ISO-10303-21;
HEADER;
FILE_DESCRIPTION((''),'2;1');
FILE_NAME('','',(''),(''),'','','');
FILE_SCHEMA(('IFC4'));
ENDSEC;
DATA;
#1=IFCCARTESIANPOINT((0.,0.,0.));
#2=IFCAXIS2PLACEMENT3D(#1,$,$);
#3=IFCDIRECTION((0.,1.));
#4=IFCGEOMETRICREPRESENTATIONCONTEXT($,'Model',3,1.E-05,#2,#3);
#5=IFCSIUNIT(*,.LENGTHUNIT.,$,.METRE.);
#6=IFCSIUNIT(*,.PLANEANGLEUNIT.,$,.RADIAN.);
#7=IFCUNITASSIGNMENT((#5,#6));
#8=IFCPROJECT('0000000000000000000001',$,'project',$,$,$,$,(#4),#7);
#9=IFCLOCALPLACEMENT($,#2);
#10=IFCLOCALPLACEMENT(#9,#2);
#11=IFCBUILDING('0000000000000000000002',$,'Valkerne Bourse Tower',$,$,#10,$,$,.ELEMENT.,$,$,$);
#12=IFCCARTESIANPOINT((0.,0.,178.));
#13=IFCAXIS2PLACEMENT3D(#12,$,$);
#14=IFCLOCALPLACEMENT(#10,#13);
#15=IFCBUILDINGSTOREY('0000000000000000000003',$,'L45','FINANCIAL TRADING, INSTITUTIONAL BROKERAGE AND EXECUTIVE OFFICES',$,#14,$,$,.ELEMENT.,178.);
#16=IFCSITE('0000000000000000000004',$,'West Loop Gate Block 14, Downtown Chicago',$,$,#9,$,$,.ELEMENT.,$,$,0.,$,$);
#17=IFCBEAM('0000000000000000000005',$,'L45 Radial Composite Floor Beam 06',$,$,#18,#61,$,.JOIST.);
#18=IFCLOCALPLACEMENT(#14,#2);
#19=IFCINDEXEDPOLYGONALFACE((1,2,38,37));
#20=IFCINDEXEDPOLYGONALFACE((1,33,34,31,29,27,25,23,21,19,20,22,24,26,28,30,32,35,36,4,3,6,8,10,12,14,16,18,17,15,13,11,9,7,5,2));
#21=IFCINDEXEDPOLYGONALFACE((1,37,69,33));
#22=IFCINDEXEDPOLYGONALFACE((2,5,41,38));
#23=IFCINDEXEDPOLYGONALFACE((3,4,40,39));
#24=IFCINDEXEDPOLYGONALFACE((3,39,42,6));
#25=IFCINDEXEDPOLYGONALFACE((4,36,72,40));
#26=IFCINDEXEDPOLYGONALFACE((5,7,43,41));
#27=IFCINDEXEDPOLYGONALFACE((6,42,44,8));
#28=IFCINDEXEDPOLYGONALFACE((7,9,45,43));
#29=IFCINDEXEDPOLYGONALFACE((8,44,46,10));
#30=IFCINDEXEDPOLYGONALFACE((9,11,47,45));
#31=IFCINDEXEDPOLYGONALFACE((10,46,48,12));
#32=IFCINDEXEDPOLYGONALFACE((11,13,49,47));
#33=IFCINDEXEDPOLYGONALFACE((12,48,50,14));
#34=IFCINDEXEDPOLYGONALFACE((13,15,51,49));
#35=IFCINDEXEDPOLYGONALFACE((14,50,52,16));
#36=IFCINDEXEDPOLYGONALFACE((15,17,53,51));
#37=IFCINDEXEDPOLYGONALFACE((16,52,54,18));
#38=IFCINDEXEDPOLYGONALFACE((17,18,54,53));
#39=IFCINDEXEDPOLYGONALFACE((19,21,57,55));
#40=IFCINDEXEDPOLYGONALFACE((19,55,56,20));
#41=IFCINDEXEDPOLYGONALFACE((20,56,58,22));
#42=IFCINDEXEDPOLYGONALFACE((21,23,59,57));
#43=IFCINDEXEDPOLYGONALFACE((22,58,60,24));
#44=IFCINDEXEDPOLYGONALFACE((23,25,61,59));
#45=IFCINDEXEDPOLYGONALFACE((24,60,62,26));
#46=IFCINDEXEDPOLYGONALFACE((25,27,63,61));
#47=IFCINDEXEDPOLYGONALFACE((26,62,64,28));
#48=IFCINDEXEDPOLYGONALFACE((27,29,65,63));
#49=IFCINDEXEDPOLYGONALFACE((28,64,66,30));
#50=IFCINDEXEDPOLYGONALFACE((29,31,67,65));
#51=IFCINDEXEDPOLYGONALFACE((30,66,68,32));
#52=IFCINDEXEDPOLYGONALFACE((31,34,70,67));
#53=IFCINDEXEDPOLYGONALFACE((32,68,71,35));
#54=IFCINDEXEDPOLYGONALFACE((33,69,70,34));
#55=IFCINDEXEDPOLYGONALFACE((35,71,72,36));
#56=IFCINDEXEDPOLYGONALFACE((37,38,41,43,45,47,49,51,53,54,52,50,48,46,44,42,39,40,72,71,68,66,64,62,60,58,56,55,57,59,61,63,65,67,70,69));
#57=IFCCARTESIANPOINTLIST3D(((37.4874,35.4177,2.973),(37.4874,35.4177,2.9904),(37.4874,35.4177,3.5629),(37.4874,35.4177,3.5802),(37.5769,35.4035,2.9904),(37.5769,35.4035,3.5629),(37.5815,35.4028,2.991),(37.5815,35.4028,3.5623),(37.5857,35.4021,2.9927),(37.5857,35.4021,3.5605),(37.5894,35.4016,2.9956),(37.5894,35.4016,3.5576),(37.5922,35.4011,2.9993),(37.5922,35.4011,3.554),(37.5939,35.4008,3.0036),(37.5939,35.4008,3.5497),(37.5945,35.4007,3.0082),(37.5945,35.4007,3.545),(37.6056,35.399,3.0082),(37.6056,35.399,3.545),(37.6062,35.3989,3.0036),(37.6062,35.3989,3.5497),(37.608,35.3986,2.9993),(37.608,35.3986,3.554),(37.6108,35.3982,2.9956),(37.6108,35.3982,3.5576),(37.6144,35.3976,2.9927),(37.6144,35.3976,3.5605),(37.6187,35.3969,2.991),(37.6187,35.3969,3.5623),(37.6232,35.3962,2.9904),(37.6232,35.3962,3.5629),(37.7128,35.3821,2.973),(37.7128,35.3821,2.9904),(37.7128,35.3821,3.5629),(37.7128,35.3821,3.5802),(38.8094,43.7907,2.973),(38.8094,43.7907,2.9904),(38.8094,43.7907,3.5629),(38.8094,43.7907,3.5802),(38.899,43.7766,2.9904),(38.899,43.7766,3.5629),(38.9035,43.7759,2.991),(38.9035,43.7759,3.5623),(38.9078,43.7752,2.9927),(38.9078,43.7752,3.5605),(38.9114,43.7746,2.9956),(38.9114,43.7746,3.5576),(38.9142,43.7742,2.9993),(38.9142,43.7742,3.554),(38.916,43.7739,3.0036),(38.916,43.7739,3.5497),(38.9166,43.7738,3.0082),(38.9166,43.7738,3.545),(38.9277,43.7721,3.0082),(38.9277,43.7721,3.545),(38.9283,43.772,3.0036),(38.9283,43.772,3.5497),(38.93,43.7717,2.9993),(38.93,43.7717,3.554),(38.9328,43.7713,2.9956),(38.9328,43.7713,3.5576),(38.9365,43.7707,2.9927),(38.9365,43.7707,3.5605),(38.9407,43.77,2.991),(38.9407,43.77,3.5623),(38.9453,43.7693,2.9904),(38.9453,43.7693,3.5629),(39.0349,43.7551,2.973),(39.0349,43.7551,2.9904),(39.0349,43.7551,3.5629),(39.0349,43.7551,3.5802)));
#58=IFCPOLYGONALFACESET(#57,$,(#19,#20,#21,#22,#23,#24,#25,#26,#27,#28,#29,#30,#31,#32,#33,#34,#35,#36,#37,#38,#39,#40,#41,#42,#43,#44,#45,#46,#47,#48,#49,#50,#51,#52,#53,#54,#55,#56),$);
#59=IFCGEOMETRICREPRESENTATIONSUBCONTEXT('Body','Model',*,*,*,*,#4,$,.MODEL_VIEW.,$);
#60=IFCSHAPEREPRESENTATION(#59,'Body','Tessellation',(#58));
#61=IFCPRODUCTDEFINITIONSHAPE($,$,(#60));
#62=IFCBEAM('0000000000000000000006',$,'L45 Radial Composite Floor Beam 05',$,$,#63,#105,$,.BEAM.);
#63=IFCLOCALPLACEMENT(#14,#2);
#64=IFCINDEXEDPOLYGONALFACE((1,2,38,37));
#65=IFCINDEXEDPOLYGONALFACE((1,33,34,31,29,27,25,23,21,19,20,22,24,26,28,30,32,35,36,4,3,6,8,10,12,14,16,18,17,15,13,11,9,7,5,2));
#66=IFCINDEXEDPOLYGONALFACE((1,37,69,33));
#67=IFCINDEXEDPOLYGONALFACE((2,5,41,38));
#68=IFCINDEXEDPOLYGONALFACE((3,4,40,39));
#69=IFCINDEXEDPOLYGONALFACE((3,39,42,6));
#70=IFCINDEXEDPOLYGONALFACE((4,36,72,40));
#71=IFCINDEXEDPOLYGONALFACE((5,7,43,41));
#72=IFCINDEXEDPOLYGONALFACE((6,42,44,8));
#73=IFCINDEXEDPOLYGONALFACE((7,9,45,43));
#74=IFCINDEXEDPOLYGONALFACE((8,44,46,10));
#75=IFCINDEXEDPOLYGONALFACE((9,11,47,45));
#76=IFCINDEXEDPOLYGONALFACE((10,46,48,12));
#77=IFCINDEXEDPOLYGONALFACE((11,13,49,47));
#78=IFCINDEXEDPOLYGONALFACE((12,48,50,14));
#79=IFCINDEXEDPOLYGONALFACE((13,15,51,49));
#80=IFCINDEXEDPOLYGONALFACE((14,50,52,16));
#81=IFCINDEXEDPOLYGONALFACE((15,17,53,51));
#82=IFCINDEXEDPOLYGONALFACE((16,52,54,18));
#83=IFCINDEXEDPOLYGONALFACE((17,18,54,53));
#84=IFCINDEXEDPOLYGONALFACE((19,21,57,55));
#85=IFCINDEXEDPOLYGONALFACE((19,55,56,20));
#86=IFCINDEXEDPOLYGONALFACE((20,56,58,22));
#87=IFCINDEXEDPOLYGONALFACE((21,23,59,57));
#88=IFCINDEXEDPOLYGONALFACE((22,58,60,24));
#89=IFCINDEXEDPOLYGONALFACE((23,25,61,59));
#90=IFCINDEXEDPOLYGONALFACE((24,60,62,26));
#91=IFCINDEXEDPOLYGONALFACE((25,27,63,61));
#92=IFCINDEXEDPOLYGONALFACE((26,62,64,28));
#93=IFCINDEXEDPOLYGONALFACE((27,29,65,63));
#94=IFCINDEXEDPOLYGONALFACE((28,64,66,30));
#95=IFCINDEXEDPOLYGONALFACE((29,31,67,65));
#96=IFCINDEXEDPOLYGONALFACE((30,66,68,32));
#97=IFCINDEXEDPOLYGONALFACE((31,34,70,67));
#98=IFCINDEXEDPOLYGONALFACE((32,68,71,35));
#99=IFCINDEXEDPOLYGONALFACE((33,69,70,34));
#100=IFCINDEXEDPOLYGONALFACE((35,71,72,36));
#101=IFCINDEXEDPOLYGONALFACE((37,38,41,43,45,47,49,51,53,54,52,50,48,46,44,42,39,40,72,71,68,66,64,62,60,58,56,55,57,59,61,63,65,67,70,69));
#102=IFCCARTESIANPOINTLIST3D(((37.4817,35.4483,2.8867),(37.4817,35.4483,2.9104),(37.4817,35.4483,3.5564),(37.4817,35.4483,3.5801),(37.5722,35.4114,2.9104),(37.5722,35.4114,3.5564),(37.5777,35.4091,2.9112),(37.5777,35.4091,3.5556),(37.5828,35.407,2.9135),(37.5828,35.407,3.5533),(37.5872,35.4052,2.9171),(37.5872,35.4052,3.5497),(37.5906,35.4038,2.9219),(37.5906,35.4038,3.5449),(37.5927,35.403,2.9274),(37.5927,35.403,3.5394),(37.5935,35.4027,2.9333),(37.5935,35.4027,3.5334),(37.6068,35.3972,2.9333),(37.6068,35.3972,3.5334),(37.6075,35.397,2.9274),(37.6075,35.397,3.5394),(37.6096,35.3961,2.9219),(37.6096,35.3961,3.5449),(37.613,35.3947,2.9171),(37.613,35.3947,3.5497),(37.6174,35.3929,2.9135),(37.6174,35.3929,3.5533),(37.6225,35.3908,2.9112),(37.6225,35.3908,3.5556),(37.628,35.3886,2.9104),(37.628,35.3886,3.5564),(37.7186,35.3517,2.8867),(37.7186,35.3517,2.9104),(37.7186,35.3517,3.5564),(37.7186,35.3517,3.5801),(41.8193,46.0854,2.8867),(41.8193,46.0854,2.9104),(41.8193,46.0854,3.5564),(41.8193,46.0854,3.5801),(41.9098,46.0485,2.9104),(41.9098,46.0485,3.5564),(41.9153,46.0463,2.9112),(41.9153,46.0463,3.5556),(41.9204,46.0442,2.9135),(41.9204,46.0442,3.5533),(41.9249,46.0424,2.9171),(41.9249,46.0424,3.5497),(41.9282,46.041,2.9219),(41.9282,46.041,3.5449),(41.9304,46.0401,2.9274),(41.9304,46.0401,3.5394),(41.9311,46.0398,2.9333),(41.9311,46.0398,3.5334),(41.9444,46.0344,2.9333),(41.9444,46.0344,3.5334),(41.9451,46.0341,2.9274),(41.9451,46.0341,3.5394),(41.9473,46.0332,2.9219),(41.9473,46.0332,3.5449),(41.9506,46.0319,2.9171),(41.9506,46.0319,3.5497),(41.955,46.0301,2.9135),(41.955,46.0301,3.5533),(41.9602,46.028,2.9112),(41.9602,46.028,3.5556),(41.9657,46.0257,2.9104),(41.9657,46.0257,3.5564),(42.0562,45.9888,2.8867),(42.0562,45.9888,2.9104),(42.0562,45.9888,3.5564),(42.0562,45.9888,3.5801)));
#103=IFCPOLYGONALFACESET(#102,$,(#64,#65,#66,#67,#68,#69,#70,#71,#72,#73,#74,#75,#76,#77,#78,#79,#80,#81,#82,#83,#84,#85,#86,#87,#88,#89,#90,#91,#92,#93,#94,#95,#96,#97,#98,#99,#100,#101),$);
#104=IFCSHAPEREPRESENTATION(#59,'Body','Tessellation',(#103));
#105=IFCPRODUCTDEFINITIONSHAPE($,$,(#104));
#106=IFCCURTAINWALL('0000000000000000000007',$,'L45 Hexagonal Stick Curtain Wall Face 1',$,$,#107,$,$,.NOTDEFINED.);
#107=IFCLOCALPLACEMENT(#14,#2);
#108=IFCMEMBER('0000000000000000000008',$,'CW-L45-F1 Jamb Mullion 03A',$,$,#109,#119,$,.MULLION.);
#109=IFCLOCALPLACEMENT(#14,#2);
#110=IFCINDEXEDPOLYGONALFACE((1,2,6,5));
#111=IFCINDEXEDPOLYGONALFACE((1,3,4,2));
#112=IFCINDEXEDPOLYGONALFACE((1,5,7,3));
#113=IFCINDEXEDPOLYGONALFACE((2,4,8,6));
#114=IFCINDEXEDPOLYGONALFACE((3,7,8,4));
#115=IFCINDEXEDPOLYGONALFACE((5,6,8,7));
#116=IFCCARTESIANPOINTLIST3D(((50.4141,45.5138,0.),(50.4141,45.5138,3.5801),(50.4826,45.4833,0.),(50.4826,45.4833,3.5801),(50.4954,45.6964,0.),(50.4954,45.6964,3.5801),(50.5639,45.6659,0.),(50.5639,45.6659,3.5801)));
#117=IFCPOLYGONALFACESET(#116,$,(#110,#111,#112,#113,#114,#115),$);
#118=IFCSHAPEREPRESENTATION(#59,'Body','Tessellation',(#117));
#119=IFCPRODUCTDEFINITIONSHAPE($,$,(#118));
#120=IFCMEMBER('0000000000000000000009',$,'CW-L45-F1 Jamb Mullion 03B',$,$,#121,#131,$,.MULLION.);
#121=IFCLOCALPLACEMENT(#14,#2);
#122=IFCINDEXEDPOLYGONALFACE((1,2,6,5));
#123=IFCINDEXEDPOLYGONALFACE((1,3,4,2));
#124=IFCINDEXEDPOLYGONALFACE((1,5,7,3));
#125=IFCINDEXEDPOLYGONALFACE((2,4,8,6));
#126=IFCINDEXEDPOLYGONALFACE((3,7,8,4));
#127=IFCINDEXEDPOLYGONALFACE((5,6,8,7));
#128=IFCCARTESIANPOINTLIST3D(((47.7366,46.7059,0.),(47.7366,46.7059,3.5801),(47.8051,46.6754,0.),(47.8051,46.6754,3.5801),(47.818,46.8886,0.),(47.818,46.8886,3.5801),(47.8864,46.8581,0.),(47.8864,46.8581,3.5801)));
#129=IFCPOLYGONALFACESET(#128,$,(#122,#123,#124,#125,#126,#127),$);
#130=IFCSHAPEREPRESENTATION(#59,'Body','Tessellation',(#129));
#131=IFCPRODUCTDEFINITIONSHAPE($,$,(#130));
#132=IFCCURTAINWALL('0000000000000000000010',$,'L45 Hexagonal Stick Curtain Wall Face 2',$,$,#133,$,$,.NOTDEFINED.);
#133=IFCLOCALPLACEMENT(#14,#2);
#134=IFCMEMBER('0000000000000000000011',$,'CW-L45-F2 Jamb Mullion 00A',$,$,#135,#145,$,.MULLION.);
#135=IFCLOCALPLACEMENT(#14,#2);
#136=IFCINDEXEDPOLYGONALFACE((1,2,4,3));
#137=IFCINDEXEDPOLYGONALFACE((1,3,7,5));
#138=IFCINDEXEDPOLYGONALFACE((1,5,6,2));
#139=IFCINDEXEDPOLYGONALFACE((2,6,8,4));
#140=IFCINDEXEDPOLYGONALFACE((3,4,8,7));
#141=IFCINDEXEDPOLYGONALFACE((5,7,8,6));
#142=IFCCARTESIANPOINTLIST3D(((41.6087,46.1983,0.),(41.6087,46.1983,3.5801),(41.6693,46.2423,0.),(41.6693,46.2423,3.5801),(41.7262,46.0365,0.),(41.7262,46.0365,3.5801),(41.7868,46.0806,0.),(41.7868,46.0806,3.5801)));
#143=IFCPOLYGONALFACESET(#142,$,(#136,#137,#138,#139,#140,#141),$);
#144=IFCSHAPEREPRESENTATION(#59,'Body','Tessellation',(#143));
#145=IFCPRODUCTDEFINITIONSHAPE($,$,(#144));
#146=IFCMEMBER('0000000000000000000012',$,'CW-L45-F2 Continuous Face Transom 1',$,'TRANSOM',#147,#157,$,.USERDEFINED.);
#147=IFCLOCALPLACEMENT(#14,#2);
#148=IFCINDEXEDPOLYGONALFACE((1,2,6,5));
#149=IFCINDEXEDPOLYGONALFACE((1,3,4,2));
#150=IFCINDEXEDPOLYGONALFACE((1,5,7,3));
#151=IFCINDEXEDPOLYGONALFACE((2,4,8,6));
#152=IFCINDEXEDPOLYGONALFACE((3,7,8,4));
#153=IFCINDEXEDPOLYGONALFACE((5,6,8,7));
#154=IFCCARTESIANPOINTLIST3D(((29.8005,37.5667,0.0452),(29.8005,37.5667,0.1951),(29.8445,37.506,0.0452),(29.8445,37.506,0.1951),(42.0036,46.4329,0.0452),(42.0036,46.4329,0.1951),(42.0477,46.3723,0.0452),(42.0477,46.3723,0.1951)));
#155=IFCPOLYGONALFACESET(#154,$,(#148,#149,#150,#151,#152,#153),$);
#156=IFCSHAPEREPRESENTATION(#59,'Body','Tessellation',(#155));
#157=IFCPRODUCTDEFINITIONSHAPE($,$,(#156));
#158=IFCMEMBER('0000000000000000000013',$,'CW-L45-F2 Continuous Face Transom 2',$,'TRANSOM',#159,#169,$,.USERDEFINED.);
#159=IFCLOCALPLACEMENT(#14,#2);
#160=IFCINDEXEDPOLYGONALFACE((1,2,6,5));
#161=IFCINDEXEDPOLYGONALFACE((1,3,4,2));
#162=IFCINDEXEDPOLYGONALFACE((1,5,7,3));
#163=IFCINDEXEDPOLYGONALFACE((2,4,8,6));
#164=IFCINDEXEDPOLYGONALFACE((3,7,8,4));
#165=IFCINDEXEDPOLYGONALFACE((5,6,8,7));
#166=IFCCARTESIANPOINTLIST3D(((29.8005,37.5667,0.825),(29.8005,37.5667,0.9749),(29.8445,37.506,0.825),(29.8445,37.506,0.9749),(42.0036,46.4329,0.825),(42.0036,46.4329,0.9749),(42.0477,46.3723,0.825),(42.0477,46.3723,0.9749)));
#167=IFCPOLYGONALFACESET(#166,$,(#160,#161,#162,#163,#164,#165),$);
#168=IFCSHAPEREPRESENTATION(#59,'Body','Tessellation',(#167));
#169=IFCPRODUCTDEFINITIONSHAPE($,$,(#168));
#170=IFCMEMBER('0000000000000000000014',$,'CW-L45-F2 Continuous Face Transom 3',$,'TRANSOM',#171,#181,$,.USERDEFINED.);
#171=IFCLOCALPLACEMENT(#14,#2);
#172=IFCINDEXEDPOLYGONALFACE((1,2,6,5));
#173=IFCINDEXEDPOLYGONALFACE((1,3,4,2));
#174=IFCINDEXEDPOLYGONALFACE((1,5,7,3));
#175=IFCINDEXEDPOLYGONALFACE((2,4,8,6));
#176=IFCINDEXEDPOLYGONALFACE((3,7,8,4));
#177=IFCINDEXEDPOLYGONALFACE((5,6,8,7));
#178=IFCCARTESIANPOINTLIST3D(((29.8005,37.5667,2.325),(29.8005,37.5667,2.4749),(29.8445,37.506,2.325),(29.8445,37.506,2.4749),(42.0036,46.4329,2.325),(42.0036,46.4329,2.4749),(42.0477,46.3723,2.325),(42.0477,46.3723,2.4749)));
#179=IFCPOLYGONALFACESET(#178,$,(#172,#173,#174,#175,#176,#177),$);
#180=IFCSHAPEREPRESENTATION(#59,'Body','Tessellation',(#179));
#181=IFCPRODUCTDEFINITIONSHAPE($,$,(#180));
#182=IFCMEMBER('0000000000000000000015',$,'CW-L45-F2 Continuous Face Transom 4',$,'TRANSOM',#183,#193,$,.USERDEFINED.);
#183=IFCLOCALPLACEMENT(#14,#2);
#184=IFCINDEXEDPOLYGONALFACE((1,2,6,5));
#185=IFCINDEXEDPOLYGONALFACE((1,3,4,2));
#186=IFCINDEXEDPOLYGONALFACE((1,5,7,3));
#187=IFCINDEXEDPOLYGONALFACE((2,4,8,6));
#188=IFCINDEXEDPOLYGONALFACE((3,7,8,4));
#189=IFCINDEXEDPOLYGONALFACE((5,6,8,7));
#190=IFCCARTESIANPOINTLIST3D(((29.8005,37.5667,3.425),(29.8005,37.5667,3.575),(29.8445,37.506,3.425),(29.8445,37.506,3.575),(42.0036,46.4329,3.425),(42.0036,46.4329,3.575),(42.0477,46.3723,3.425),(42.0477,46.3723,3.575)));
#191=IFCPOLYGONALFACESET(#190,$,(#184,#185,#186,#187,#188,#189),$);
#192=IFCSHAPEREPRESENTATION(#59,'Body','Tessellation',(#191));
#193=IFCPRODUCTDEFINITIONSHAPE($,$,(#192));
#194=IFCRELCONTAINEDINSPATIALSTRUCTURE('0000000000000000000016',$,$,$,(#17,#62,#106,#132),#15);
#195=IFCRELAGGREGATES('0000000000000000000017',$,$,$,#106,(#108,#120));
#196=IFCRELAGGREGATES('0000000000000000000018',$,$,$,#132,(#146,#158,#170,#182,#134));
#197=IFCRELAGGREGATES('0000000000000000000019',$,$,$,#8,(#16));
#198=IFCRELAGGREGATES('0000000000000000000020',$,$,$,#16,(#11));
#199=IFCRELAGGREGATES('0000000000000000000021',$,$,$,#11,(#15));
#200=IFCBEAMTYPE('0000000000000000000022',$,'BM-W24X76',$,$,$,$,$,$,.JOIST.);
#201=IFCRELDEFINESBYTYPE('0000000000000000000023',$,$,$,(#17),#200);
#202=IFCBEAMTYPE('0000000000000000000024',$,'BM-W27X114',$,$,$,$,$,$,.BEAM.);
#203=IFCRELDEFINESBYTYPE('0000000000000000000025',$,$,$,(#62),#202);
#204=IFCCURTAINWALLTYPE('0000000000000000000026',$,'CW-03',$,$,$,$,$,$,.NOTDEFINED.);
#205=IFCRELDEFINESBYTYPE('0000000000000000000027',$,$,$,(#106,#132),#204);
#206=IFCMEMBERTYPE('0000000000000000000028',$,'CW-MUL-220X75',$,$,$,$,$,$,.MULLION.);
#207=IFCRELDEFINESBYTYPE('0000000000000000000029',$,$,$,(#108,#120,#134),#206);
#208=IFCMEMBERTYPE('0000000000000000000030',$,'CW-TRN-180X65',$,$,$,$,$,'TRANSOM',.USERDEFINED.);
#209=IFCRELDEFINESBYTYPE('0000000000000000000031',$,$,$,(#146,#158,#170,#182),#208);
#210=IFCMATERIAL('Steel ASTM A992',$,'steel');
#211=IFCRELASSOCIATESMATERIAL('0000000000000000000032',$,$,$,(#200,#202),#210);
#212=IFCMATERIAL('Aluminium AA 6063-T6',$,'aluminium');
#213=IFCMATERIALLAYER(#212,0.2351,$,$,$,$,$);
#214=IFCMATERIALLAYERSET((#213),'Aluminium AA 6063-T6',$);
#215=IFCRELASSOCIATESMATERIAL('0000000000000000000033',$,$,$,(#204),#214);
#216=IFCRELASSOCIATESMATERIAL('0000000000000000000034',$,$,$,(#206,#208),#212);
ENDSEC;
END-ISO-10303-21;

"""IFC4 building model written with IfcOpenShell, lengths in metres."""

from ifc_helpers import new_model, si_unit, direction, frame, origin, origin_2d, place, context, subcontext, project, spatial, rectangle, i_section, extrude, material, layer, layer_set, material_profile, profile_set, type_object, element, aggregate, save


model = new_model("IFC4")

# Units and contexts
model_context = context("Model", 3, precision=1e-05, world=origin(), true_north=direction((0.0, 1.0)))
body_context = subcontext(model_context, "Body", "Model", "MODEL_VIEW")
ifc_project = project(units=[si_unit("LENGTHUNIT", "METRE"), si_unit("PLANEANGLEUNIT", "RADIAN")], contexts=[model_context])

# Site, building, storey
site_placement = place(None, origin())
site = spatial("IfcSite", under=ifc_project, at=site_placement, Name="West Loop Gate Block 14, Downtown Chicago", CompositionType="ELEMENT", RefElevation=0.0)
building_placement = place(site_placement, origin())
building = spatial("IfcBuilding", under=site, at=building_placement, Name="Valkerne Bourse Tower", CompositionType="ELEMENT")
storey_placement = place(building_placement, frame((0.0, 0.0, 178.0)))
storey = spatial("IfcBuildingStorey", under=building, at=storey_placement, Name="L45", Description="FINANCIAL TRADING, INSTITUTIONAL BROKERAGE AND EXECUTIVE OFFICES", CompositionType="ELEMENT", Elevation=178.0)

# Beams
ifc_material_1 = material(Name="Steel ASTM A992", Category="steel")
ifc_material_profile_1 = material_profile(ifc_material_1, i_section(OverallWidth=0.2283, OverallDepth=0.6072, WebThickness=0.0112, FlangeThickness=0.0173, FilletRadius=0.0178, at=origin_2d()), Name="W24X76")
ifc_profile_set_1 = profile_set([ifc_material_profile_1], Name="Steel ASTM A992")
beam_type_1 = type_object("IfcBeamType", Name="BM-W24X76", PredefinedType="JOIST", material=ifc_profile_set_1)
beam_1_placement = place(storey_placement, frame((38.9221, 43.7729, 3.2766), z_axis=(-0.155958, -0.987764, 0.0), x_axis=(0.987764, -0.155958, 0.0)))
element("IfcBeam", 1, at=beam_1_placement, inside=storey, type_object=beam_type_1, Name="L45 Radial Composite Floor Beam 06", PredefinedType="JOIST", context=body_context, shape_type="SweptSolid", body=[
    extrude(i_section(OverallWidth=0.2283, OverallDepth=0.6072, WebThickness=0.0112, FlangeThickness=0.0173, FilletRadius=0.0178, at=origin_2d()), origin(), (0.0, 0.0, 1.0), 8.4768),
])
ifc_material_profile_2 = material_profile(ifc_material_1, i_section(OverallWidth=0.2559, OverallDepth=0.6934, WebThickness=0.0144, FlangeThickness=0.0237, FilletRadius=0.0229, at=origin_2d()), Name="W27X114")
ifc_profile_set_2 = profile_set([ifc_material_profile_2], Name="Steel ASTM A992")
beam_type_2 = type_object("IfcBeamType", Name="BM-W27X114", PredefinedType="BEAM", material=ifc_profile_set_2)
beam_2_placement = place(storey_placement, frame((41.9377, 46.0371, 3.2334), z_axis=(-0.377593, -0.925972, 0.0), x_axis=(0.925972, -0.377593, 0.0)))
element("IfcBeam", 2, at=beam_2_placement, inside=storey, type_object=beam_type_2, Name="L45 Radial Composite Floor Beam 05", PredefinedType="BEAM", context=body_context, shape_type="SweptSolid", body=[
    extrude(i_section(OverallWidth=0.2559, OverallDepth=0.6934, WebThickness=0.0144, FlangeThickness=0.0237, FilletRadius=0.0229, at=origin_2d()), origin(), (0.0, 0.0, 1.0), 11.4875),
])

# Curtain walls, members
ifc_material_2 = material(Name="Aluminium AA 6063-T6", Category="aluminium")
ifc_layer_1 = layer(ifc_material_2, 0.2351)
ifc_layer_set_1 = layer_set([ifc_layer_1], Name="Aluminium AA 6063-T6")
curtain_wall_type = type_object("IfcCurtainWallType", Name="CW-03", PredefinedType="NOTDEFINED", material=ifc_layer_set_1)
curtain_wall_1_placement = place(storey_placement, origin())
curtain_wall_1 = element("IfcCurtainWall", 3, at=curtain_wall_1_placement, inside=storey, type_object=curtain_wall_type, Name="L45 Hexagonal Stick Curtain Wall Face 1", PredefinedType="NOTDEFINED")
ifc_material_profile_3 = material_profile(ifc_material_2, rectangle(XDim=0.075, YDim=0.2, at=origin_2d()), Name="CWM-75X200")
ifc_profile_set_3 = profile_set([ifc_material_profile_3], Name="Aluminium AA 6063-T6")
member_type_1 = type_object("IfcMemberType", Name="CW-MUL-220X75", PredefinedType="MULLION", material=ifc_profile_set_3)
member_1_placement = place(storey_placement, frame((50.489, 45.5898, 0.0), z_axis=(0.0, 0.0, 1.0), x_axis=(-0.913542, 0.406744, 0.0)))
member_1 = element("IfcMember", 4, at=member_1_placement, type_object=member_type_1, Name="CW-L45-F1 Jamb Mullion 03A", PredefinedType="MULLION", context=body_context, shape_type="SweptSolid", body=[
    extrude(rectangle(XDim=0.075, YDim=0.2, at=origin_2d()), origin(), (0.0, 0.0, 1.0), 3.5801),
])
member_2_placement = place(storey_placement, frame((47.8115, 46.782, 0.0), z_axis=(0.0, 0.0, 1.0), x_axis=(-0.913542, 0.406744, 0.0)))
member_2 = element("IfcMember", 5, at=member_2_placement, type_object=member_type_1, Name="CW-L45-F1 Jamb Mullion 03B", PredefinedType="MULLION", context=body_context, shape_type="SweptSolid", body=[
    extrude(rectangle(XDim=0.075, YDim=0.2, at=origin_2d()), origin(), (0.0, 0.0, 1.0), 3.5801),
])
curtain_wall_2_placement = place(storey_placement, origin())
curtain_wall_2 = element("IfcCurtainWall", 6, at=curtain_wall_2_placement, inside=storey, type_object=curtain_wall_type, Name="L45 Hexagonal Stick Curtain Wall Face 2", PredefinedType="NOTDEFINED")
member_3_placement = place(storey_placement, frame((41.6978, 46.1394, 0.0), z_axis=(0.0, 0.0, 1.0), x_axis=(-0.809009, -0.587796, 0.0)))
member_3 = element("IfcMember", 7, at=member_3_placement, type_object=member_type_1, Name="CW-L45-F2 Jamb Mullion 00A", PredefinedType="MULLION", context=body_context, shape_type="SweptSolid", body=[
    extrude(rectangle(XDim=0.075, YDim=0.2, at=origin_2d()), origin(), (0.0, 0.0, 1.0), 3.5801),
])
ifc_material_profile_4 = material_profile(ifc_material_2, rectangle(XDim=0.075, YDim=0.1499, at=origin_2d()), Name="CWT-75X150")
ifc_profile_set_4 = profile_set([ifc_material_profile_4], Name="Aluminium AA 6063-T6")
member_type_2 = type_object("IfcMemberType", Name="CW-TRN-180X65", ElementType="TRANSOM", PredefinedType="USERDEFINED", material=ifc_profile_set_4)
member_4_placement = place(storey_placement, frame((42.0256, 46.4026, 0.1201), z_axis=(-0.809013, -0.587791, 0.0), x_axis=(0.587791, -0.809013, 0.0)))
member_4 = element("IfcMember", 8, at=member_4_placement, type_object=member_type_2, Name="CW-L45-F2 Continuous Face Transom 1", ObjectType="TRANSOM", PredefinedType="USERDEFINED", context=body_context, shape_type="SweptSolid", body=[
    extrude(rectangle(XDim=0.075, YDim=0.1499, at=origin_2d()), origin(), (0.0, 0.0, 1.0), 15.084),
])
member_5_placement = place(storey_placement, frame((42.0256, 46.4026, 0.8999), z_axis=(-0.809013, -0.587791, 0.0), x_axis=(0.587791, -0.809013, 0.0)))
member_5 = element("IfcMember", 9, at=member_5_placement, type_object=member_type_2, Name="CW-L45-F2 Continuous Face Transom 2", ObjectType="TRANSOM", PredefinedType="USERDEFINED", context=body_context, shape_type="SweptSolid", body=[
    extrude(rectangle(XDim=0.075, YDim=0.1499, at=origin_2d()), origin(), (0.0, 0.0, 1.0), 15.084),
])
member_6_placement = place(storey_placement, frame((42.0256, 46.4026, 2.3999), z_axis=(-0.809013, -0.587791, 0.0), x_axis=(0.587791, -0.809013, 0.0)))
member_6 = element("IfcMember", 10, at=member_6_placement, type_object=member_type_2, Name="CW-L45-F2 Continuous Face Transom 3", ObjectType="TRANSOM", PredefinedType="USERDEFINED", context=body_context, shape_type="SweptSolid", body=[
    extrude(rectangle(XDim=0.075, YDim=0.1499, at=origin_2d()), origin(), (0.0, 0.0, 1.0), 15.084),
])
member_7_placement = place(storey_placement, frame((42.0256, 46.4026, 3.5), z_axis=(-0.809013, -0.587791, 0.0), x_axis=(0.587791, -0.809013, 0.0)))
member_7 = element("IfcMember", 11, at=member_7_placement, type_object=member_type_2, Name="CW-L45-F2 Continuous Face Transom 4", ObjectType="TRANSOM", PredefinedType="USERDEFINED", context=body_context, shape_type="SweptSolid", body=[
    extrude(rectangle(XDim=0.075, YDim=0.1499, at=origin_2d()), origin(), (0.0, 0.0, 1.0), 15.084),
])

aggregate(curtain_wall_1, [member_1, member_2])
aggregate(curtain_wall_2, [member_4, member_5, member_6, member_7, member_3])

save(model, "model.ifc")
